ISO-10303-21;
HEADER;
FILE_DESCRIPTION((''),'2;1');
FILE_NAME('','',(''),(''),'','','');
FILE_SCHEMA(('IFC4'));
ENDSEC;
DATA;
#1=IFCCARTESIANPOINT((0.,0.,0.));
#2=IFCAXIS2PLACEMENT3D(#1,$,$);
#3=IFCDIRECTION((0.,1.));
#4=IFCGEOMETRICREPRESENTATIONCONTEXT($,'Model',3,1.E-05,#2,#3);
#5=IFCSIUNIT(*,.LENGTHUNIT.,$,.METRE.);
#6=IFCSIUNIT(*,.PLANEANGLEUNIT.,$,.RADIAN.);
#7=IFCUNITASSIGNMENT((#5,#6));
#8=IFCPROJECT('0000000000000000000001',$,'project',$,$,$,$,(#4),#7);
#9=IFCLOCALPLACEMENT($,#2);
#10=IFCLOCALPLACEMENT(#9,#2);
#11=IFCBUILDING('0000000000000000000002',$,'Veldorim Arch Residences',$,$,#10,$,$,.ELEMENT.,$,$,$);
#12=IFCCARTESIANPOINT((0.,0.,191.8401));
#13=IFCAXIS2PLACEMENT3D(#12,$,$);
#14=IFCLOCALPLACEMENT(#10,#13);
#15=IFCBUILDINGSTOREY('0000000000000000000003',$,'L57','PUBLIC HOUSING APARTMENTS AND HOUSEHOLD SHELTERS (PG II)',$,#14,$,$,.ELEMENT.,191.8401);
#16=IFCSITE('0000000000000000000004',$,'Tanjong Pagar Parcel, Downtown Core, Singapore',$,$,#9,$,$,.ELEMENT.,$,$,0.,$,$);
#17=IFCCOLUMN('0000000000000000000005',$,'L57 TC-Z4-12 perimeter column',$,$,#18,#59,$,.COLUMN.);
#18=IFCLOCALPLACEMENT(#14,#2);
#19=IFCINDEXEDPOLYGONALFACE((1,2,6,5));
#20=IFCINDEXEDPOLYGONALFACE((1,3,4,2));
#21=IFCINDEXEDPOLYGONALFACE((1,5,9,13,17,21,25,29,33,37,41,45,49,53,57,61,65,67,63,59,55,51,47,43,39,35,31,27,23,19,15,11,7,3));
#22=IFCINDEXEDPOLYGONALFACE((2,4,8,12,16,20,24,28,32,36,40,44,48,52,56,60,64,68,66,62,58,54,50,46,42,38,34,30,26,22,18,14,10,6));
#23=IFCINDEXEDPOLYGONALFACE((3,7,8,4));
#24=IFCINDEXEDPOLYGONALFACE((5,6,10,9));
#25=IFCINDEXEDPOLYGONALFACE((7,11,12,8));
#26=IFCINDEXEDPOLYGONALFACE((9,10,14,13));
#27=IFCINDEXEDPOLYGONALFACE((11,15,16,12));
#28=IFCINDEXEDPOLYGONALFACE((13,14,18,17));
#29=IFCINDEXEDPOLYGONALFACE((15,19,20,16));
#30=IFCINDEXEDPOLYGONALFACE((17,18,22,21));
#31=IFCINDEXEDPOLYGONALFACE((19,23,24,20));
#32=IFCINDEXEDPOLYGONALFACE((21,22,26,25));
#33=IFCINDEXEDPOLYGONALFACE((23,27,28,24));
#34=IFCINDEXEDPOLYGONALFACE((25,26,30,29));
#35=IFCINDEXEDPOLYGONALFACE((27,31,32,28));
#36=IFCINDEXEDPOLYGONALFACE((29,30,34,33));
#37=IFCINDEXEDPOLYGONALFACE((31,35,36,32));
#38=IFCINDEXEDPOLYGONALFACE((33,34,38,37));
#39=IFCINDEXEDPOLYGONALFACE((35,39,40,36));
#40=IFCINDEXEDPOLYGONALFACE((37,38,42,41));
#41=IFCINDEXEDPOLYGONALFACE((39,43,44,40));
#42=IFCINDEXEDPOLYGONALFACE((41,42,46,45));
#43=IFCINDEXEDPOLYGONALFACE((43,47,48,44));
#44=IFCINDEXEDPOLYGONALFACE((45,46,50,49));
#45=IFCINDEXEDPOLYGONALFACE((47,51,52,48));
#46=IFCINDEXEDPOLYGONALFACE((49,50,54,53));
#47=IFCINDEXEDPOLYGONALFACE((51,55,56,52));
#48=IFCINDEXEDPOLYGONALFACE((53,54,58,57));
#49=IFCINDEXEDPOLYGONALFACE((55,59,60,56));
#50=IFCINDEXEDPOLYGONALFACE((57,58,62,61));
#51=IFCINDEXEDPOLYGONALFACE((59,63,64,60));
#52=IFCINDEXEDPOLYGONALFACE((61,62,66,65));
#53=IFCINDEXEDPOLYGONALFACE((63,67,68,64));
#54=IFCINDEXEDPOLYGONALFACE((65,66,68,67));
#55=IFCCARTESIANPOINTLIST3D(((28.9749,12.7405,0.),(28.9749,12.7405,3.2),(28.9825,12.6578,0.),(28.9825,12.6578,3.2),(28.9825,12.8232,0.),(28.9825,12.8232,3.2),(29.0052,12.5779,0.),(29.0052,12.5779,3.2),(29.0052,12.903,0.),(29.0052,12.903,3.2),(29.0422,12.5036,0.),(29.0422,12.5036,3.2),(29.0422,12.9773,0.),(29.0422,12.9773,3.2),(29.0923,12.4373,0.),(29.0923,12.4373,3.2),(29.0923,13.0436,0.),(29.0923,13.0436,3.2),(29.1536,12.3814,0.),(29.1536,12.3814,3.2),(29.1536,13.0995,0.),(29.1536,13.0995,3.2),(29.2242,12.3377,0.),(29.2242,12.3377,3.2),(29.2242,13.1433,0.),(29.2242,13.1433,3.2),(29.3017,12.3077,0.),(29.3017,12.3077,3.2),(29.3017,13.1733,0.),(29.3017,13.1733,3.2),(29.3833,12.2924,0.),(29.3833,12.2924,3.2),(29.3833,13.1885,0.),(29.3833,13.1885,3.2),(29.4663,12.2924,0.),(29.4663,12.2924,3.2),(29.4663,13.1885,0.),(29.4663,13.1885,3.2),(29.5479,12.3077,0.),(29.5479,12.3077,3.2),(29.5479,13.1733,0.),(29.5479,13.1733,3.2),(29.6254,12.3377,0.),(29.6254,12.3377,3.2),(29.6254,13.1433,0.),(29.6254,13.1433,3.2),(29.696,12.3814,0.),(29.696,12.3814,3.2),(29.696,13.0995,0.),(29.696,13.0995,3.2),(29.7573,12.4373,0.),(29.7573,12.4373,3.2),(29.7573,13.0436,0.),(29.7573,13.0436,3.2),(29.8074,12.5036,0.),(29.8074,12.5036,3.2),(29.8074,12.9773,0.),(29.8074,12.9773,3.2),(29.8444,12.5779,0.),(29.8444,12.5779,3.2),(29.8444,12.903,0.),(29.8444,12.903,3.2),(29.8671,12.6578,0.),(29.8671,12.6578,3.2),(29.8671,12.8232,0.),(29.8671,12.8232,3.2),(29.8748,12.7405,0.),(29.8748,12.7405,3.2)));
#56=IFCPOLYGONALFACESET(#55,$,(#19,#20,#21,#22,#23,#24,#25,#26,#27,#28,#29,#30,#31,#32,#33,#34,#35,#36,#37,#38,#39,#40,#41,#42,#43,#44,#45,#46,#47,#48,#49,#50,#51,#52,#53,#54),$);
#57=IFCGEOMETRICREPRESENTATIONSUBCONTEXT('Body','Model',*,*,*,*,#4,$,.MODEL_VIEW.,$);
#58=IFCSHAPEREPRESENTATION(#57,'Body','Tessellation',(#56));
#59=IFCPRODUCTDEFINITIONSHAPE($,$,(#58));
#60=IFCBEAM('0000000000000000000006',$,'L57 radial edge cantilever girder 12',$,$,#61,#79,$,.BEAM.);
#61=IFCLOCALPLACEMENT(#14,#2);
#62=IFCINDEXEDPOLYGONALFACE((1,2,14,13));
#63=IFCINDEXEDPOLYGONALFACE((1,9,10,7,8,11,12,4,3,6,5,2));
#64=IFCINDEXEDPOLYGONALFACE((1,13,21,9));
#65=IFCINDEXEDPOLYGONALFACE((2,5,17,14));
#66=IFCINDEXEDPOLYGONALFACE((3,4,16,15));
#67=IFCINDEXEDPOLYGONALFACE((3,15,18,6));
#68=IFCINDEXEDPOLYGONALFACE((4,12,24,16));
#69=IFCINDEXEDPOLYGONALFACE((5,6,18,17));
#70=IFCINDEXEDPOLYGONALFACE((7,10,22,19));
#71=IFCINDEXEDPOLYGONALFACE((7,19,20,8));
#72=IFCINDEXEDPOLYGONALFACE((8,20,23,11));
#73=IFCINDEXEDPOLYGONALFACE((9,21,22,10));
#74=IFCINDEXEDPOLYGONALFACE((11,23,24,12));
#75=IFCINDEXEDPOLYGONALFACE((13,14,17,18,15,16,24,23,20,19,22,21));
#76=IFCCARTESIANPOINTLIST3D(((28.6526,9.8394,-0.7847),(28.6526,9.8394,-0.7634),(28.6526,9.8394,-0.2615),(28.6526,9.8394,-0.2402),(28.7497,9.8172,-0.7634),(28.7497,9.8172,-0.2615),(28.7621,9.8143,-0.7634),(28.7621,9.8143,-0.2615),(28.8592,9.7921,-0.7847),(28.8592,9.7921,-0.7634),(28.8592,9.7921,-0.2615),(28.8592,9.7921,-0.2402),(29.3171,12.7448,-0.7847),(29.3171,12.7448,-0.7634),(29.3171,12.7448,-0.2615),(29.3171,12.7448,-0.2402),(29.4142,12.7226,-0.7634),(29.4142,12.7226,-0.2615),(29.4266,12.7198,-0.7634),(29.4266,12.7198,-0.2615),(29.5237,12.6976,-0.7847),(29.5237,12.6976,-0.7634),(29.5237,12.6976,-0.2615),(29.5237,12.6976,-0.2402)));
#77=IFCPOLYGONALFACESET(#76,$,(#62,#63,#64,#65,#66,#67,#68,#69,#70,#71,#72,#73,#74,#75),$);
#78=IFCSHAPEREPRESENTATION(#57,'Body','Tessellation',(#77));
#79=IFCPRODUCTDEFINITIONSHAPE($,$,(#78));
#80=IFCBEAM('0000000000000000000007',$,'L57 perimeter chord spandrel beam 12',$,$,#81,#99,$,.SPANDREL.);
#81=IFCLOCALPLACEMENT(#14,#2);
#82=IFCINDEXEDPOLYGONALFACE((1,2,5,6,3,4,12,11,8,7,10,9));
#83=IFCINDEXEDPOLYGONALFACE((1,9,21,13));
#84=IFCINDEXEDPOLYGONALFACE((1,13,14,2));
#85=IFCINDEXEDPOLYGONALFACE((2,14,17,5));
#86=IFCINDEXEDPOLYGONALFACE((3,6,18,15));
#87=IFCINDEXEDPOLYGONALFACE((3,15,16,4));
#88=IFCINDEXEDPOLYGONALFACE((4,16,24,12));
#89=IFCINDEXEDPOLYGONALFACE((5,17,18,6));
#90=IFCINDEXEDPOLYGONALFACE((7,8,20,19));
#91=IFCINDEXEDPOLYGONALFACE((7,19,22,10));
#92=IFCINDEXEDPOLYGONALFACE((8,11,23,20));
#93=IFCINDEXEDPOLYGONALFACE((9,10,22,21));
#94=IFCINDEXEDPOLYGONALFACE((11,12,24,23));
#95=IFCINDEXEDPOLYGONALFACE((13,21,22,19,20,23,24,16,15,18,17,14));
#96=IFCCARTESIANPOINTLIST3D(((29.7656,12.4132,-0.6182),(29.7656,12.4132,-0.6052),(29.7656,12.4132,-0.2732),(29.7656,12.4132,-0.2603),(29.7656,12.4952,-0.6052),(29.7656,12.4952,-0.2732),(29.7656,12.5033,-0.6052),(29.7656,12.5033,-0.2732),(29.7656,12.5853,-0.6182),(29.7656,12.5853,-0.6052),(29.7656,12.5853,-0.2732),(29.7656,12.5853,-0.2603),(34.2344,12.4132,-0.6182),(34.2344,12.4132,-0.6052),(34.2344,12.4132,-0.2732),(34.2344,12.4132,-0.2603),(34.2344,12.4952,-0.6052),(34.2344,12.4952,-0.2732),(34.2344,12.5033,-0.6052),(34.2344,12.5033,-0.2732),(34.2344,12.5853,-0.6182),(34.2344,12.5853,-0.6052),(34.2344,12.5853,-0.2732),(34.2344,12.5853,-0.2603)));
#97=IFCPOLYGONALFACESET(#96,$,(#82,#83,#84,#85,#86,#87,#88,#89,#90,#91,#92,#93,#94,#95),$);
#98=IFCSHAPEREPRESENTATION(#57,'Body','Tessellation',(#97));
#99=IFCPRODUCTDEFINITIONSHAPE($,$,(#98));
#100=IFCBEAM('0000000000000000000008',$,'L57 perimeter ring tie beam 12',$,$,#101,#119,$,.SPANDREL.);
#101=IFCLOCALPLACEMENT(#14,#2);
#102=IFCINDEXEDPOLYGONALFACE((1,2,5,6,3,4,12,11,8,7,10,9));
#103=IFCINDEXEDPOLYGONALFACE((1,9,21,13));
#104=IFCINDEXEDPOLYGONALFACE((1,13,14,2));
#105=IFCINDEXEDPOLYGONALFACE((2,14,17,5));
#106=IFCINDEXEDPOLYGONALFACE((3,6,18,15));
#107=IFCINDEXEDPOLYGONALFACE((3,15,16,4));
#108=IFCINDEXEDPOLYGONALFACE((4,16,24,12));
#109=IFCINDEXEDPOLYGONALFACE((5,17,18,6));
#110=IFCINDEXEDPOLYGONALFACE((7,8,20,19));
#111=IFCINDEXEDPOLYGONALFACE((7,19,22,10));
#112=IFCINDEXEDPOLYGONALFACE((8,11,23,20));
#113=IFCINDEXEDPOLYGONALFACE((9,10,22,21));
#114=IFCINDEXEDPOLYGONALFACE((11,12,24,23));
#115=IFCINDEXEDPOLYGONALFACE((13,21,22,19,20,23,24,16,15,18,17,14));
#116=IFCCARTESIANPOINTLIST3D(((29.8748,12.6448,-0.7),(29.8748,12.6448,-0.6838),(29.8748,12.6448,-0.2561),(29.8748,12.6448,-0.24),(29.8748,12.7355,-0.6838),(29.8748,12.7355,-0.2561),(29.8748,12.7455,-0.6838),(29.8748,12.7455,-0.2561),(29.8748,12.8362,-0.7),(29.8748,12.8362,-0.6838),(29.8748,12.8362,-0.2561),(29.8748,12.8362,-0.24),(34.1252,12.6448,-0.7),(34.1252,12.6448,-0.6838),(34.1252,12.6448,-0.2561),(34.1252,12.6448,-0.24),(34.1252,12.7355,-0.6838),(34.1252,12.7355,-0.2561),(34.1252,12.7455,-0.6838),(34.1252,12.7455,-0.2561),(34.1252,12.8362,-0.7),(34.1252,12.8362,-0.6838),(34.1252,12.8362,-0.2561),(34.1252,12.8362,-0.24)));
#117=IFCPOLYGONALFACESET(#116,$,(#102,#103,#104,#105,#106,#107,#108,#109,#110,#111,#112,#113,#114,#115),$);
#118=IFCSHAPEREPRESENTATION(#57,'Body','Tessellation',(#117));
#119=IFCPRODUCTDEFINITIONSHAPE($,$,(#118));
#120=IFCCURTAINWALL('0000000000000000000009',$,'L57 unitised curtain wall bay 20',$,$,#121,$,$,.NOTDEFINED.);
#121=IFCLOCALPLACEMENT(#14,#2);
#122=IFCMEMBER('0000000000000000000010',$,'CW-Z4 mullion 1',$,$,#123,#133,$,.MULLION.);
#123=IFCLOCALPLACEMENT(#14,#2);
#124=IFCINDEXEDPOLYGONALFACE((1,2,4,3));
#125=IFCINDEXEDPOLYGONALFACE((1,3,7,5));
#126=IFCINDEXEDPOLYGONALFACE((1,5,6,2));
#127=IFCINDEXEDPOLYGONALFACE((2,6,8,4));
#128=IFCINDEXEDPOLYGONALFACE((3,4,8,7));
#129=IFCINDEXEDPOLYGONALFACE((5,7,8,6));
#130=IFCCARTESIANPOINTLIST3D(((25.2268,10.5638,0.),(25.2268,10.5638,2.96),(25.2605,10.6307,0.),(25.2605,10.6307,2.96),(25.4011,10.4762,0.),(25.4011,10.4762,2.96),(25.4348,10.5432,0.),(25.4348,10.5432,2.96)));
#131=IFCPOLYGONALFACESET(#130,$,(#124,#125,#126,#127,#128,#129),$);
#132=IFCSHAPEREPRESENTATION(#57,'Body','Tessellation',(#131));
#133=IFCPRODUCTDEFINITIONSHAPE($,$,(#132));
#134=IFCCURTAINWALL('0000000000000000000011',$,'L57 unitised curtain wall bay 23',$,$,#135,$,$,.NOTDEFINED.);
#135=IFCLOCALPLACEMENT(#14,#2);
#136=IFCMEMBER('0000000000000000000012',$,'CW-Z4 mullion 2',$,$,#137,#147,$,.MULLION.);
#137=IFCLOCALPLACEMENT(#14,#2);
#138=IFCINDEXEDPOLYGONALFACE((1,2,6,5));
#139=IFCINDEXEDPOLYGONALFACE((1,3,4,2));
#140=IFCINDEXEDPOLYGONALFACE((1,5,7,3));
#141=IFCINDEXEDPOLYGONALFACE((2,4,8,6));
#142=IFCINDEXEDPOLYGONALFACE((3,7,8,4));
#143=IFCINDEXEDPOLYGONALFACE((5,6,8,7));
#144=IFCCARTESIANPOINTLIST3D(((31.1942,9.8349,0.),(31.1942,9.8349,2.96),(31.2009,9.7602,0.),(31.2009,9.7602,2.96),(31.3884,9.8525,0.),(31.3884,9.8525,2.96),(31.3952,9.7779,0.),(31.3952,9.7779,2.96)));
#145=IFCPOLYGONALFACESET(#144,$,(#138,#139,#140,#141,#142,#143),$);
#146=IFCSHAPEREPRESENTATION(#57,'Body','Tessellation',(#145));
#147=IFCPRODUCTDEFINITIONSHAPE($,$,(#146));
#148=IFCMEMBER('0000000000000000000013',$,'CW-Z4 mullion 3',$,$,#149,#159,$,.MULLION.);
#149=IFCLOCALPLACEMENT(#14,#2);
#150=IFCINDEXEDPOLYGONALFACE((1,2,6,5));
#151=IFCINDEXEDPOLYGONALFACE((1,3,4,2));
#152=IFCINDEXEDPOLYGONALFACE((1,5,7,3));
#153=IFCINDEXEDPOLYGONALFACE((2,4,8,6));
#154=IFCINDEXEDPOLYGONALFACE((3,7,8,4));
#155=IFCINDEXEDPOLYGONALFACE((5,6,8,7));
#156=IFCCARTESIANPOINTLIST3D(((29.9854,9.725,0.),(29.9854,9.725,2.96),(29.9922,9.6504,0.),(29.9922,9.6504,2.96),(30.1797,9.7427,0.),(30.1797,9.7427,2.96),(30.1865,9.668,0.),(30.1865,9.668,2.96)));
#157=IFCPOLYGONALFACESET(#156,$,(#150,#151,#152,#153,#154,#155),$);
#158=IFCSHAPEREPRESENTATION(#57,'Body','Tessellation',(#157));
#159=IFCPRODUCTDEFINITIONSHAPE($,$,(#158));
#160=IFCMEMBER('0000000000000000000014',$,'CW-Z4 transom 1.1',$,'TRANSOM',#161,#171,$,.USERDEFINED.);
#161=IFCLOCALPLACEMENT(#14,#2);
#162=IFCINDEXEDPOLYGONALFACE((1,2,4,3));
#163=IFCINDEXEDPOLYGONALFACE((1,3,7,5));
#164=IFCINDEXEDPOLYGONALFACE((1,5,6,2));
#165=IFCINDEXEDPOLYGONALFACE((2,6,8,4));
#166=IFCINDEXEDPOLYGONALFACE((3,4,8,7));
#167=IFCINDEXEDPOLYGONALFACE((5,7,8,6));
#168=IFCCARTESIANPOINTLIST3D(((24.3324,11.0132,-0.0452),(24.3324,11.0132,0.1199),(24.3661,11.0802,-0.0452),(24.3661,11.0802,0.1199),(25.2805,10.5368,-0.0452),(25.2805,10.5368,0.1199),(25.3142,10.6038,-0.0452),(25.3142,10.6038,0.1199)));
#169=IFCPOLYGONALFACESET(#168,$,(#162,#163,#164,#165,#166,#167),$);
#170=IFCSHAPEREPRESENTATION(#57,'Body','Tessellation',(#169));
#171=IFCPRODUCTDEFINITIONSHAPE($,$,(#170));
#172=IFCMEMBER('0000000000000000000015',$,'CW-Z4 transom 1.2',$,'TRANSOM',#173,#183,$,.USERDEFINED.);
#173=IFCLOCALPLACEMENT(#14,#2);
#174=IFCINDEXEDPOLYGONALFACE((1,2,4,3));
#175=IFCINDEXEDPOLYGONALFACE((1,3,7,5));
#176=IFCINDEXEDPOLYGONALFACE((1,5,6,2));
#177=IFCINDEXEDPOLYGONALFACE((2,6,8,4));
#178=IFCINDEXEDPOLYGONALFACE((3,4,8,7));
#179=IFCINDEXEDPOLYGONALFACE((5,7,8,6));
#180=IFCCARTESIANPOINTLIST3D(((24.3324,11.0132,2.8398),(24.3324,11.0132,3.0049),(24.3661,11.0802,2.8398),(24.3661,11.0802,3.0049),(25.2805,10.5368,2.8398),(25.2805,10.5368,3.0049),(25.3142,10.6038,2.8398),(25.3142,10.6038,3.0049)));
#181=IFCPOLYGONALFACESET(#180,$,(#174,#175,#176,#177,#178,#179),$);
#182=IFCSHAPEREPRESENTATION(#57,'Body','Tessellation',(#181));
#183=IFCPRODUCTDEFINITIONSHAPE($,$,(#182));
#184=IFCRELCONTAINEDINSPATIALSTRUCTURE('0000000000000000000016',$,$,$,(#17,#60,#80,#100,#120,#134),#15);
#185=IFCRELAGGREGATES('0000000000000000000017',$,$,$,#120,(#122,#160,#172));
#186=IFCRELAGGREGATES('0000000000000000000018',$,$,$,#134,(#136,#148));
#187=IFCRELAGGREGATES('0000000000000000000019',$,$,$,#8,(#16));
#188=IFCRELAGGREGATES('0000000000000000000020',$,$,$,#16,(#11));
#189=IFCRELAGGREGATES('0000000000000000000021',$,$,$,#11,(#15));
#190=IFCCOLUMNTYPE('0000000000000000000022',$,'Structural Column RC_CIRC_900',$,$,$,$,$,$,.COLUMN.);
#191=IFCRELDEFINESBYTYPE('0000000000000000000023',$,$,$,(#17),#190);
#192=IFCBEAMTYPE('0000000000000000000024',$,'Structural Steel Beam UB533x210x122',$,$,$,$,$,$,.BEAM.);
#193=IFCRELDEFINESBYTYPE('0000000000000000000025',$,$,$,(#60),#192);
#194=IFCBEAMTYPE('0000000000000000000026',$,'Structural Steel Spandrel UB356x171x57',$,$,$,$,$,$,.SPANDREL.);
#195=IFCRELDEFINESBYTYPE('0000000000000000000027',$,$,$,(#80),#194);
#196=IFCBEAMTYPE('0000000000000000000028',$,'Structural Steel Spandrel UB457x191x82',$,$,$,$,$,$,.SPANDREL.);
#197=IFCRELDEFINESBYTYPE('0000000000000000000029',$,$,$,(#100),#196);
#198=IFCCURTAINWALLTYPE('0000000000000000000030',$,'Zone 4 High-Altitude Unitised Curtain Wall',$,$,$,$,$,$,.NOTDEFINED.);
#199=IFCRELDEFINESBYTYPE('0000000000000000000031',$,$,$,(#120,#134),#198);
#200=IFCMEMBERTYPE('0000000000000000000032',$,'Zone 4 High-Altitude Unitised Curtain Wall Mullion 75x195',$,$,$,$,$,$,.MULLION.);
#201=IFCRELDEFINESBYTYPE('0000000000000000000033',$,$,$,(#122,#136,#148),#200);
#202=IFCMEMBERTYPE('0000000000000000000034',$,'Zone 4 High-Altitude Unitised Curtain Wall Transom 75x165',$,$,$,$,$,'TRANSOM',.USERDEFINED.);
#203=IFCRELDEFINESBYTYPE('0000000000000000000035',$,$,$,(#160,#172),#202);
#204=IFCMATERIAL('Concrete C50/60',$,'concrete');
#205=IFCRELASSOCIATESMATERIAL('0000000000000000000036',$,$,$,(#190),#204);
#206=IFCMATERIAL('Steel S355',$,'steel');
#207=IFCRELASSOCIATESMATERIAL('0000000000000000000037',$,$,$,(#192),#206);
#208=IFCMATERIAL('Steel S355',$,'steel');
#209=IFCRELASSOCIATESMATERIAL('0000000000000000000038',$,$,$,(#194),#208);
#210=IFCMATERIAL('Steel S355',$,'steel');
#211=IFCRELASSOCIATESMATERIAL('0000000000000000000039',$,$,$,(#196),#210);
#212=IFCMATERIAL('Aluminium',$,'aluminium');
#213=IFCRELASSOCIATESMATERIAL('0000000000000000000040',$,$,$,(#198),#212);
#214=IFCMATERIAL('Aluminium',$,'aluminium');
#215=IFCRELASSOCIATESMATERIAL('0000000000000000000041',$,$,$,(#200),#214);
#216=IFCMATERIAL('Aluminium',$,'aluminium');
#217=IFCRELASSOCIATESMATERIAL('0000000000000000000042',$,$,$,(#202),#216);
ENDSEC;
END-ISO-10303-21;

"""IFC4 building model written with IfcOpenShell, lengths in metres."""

from ifc_helpers import new_model, si_unit, direction, frame, origin, origin_2d, place, context, subcontext, project, spatial, rectangle, circle, i_section, extrude, material, material_profile, profile_set, type_object, element, aggregate, save


model = new_model("IFC4")

# Units and contexts
model_context = context("Model", 3, precision=1e-05, world=origin(), true_north=direction((0.0, 1.0)))
body_context = subcontext(model_context, "Body", "Model", "MODEL_VIEW")
ifc_project = project(units=[si_unit("LENGTHUNIT", "METRE"), si_unit("PLANEANGLEUNIT", "RADIAN")], contexts=[model_context])

# Site, building, storey
site_placement = place(None, origin())
site = spatial("IfcSite", under=ifc_project, at=site_placement, Name="Tanjong Pagar Parcel, Downtown Core, Singapore", CompositionType="ELEMENT", RefElevation=0.0)
building_placement = place(site_placement, origin())
building = spatial("IfcBuilding", under=site, at=building_placement, Name="Veldorim Arch Residences", CompositionType="ELEMENT")
storey_placement = place(building_placement, frame((0.0, 0.0, 191.8401)))
storey = spatial("IfcBuildingStorey", under=building, at=storey_placement, Name="L57", Description="PUBLIC HOUSING APARTMENTS AND HOUSEHOLD SHELTERS (PG II)", CompositionType="ELEMENT", Elevation=191.8401)

# Column
ifc_material_1 = material(Name="Concrete C50/60", Category="concrete")
ifc_material_profile_1 = material_profile(ifc_material_1, circle(Radius=0.45, at=origin_2d()), Name="RC_CIRC_900")
ifc_profile_set_1 = profile_set([ifc_material_profile_1], Name="Concrete C50/60")
column_type = type_object("IfcColumnType", Name="Structural Column RC_CIRC_900", PredefinedType="COLUMN", material=ifc_profile_set_1)
column_placement = place(storey_placement, frame((29.4248, 12.7405, 0.0), z_axis=(0.0, 0.0, 1.0), x_axis=(1.0, 0.0, 0.0)))
element("IfcColumn", 1, at=column_placement, inside=storey, type_object=column_type, Name="L57 TC-Z4-12 perimeter column", PredefinedType="COLUMN", context=body_context, shape_type="SweptSolid", body=[
    extrude(circle(Radius=0.45, at=origin_2d()), origin(), (0.0, 0.0, 1.0), 3.2),
])

# Beams
ifc_material_2 = material(Name="Steel S355", Category="steel")
ifc_material_profile_2 = material_profile(ifc_material_2, i_section(OverallWidth=0.2119, OverallDepth=0.5444, WebThickness=0.0127, FlangeThickness=0.0212, at=origin_2d()), Name="UB533x210x122")
ifc_profile_set_2 = profile_set([ifc_material_profile_2], Name="Steel S355")
beam_type_1 = type_object("IfcBeamType", Name="Structural Steel Beam UB533x210x122", PredefinedType="BEAM", material=ifc_profile_set_2)
beam_1_placement = place(storey_placement, frame((29.4204, 12.7212, -0.5125), z_axis=(-0.222963, -0.974827, 0.0), x_axis=(0.974827, -0.222963, 0.0)))
element("IfcBeam", 2, at=beam_1_placement, inside=storey, type_object=beam_type_1, Name="L57 radial edge cantilever girder 12", PredefinedType="BEAM", context=body_context, shape_type="SweptSolid", body=[
    extrude(i_section(OverallWidth=0.2119, OverallDepth=0.5444, WebThickness=0.0127, FlangeThickness=0.0212, at=origin_2d()), origin(), (0.0, 0.0, 1.0), 2.9805),
])
ifc_material_3 = material(Name="Steel S355", Category="steel")
ifc_material_profile_3 = material_profile(ifc_material_3, i_section(OverallWidth=0.1721, OverallDepth=0.3579, WebThickness=0.0081, FlangeThickness=0.0129, at=origin_2d()), Name="UB356x171x57")
ifc_profile_set_3 = profile_set([ifc_material_profile_3], Name="Steel S355")
beam_type_2 = type_object("IfcBeamType", Name="Structural Steel Spandrel UB356x171x57", PredefinedType="SPANDREL", material=ifc_profile_set_3)
beam_2_placement = place(storey_placement, frame((29.7656, 12.4993, -0.4392), z_axis=(1.0, 0.0, 0.0), x_axis=(0.0, 1.0, 0.0)))
element("IfcBeam", 3, at=beam_2_placement, inside=storey, type_object=beam_type_2, Name="L57 perimeter chord spandrel beam 12", PredefinedType="SPANDREL", context=body_context, shape_type="SweptSolid", body=[
    extrude(i_section(OverallWidth=0.1721, OverallDepth=0.3579, WebThickness=0.0081, FlangeThickness=0.0129, at=origin_2d()), origin(), (0.0, 0.0, 1.0), 4.4688),
])
ifc_material_4 = material(Name="Steel S355", Category="steel")
ifc_material_profile_4 = material_profile(ifc_material_4, i_section(OverallWidth=0.1914, OverallDepth=0.46, WebThickness=0.01, FlangeThickness=0.0161, at=origin_2d()), Name="UB457x191x82")
ifc_profile_set_4 = profile_set([ifc_material_profile_4], Name="Steel S355")
beam_type_3 = type_object("IfcBeamType", Name="Structural Steel Spandrel UB457x191x82", PredefinedType="SPANDREL", material=ifc_profile_set_4)
beam_3_placement = place(storey_placement, frame((29.8748, 12.7405, -0.47), z_axis=(1.0, 0.0, 0.0), x_axis=(0.0, 1.0, 0.0)))
element("IfcBeam", 4, at=beam_3_placement, inside=storey, type_object=beam_type_3, Name="L57 perimeter ring tie beam 12", PredefinedType="SPANDREL", context=body_context, shape_type="SweptSolid", body=[
    extrude(i_section(OverallWidth=0.1914, OverallDepth=0.46, WebThickness=0.01, FlangeThickness=0.0161, at=origin_2d()), origin(), (0.0, 0.0, 1.0), 4.2505),
])

# Curtain wall, member
ifc_material_5 = material(Name="Aluminium", Category="aluminium")
curtain_wall_type = type_object("IfcCurtainWallType", Name="Zone 4 High-Altitude Unitised Curtain Wall", PredefinedType="NOTDEFINED", material=ifc_material_5)
curtain_wall_1_placement = place(storey_placement, origin())
curtain_wall_1 = element("IfcCurtainWall", 5, at=curtain_wall_1_placement, inside=storey, type_object=curtain_wall_type, Name="L57 unitised curtain wall bay 20", PredefinedType="NOTDEFINED")
ifc_material_6 = material(Name="Aluminium", Category="aluminium")
ifc_material_profile_5 = material_profile(ifc_material_6, rectangle(XDim=0.075, YDim=0.1951, at=origin_2d()), Name="ALU_MUL_75x195")
ifc_profile_set_5 = profile_set([ifc_material_profile_5], Name="Aluminium")
member_type_1 = type_object("IfcMemberType", Name="Zone 4 High-Altitude Unitised Curtain Wall Mullion 75x195", PredefinedType="MULLION", material=ifc_profile_set_5)
member_1_placement = place(storey_placement, frame((25.3308, 10.5535, 0.0), z_axis=(0.0, 0.0, 1.0), x_axis=(-0.448866, -0.893599, 0.0)))
member_1 = element("IfcMember", 6, at=member_1_placement, type_object=member_type_1, Name="CW-Z4 mullion 1", PredefinedType="MULLION", context=body_context, shape_type="SweptSolid", body=[
    extrude(rectangle(XDim=0.075, YDim=0.1951, at=origin_2d()), origin(), (0.0, 0.0, 1.0), 2.96),
])

# Curtain wall, members
curtain_wall_2_placement = place(storey_placement, origin())
curtain_wall_2 = element("IfcCurtainWall", 7, at=curtain_wall_2_placement, inside=storey, type_object=curtain_wall_type, Name="L57 unitised curtain wall bay 23", PredefinedType="NOTDEFINED")
member_2_placement = place(storey_placement, frame((31.2947, 9.8064, 0.0), z_axis=(0.0, 0.0, 1.0), x_axis=(0.090521, -0.995895, 0.0)))
member_2 = element("IfcMember", 8, at=member_2_placement, type_object=member_type_1, Name="CW-Z4 mullion 2", PredefinedType="MULLION", context=body_context, shape_type="SweptSolid", body=[
    extrude(rectangle(XDim=0.075, YDim=0.1951, at=origin_2d()), origin(), (0.0, 0.0, 1.0), 2.96),
])
member_3_placement = place(storey_placement, frame((30.0859, 9.6965, 0.0), z_axis=(0.0, 0.0, 1.0), x_axis=(0.090521, -0.995895, 0.0)))
member_3 = element("IfcMember", 9, at=member_3_placement, type_object=member_type_1, Name="CW-Z4 mullion 3", PredefinedType="MULLION", context=body_context, shape_type="SweptSolid", body=[
    extrude(rectangle(XDim=0.075, YDim=0.1951, at=origin_2d()), origin(), (0.0, 0.0, 1.0), 2.96),
])

# Members
ifc_material_7 = material(Name="Aluminium", Category="aluminium")
ifc_material_profile_6 = material_profile(ifc_material_7, rectangle(XDim=0.075, YDim=0.165, at=origin_2d()), Name="ALU_TRN_75x165")
ifc_profile_set_6 = profile_set([ifc_material_profile_6], Name="Aluminium")
member_type_2 = type_object("IfcMemberType", Name="Zone 4 High-Altitude Unitised Curtain Wall Transom 75x165", ElementType="TRANSOM", PredefinedType="USERDEFINED", material=ifc_profile_set_6)
member_4_placement = place(storey_placement, frame((25.2974, 10.5703, 0.0374), z_axis=(-0.893551, 0.448962, 0.0), x_axis=(-0.448962, -0.893551, 0.0)))
member_4 = element("IfcMember", 10, at=member_4_placement, type_object=member_type_2, Name="CW-Z4 transom 1.1", ObjectType="TRANSOM", PredefinedType="USERDEFINED", context=body_context, shape_type="SweptSolid", body=[
    extrude(rectangle(XDim=0.075, YDim=0.165, at=origin_2d()), origin(), (0.0, 0.0, 1.0), 1.061),
])
member_5_placement = place(storey_placement, frame((25.2974, 10.5703, 2.9224), z_axis=(-0.893551, 0.448962, 0.0), x_axis=(-0.448962, -0.893551, 0.0)))
member_5 = element("IfcMember", 11, at=member_5_placement, type_object=member_type_2, Name="CW-Z4 transom 1.2", ObjectType="TRANSOM", PredefinedType="USERDEFINED", context=body_context, shape_type="SweptSolid", body=[
    extrude(rectangle(XDim=0.075, YDim=0.165, at=origin_2d()), origin(), (0.0, 0.0, 1.0), 1.061),
])
aggregate(curtain_wall_1, [member_1, member_4, member_5])

aggregate(curtain_wall_2, [member_2, member_3])

save(model, "model.ifc")
